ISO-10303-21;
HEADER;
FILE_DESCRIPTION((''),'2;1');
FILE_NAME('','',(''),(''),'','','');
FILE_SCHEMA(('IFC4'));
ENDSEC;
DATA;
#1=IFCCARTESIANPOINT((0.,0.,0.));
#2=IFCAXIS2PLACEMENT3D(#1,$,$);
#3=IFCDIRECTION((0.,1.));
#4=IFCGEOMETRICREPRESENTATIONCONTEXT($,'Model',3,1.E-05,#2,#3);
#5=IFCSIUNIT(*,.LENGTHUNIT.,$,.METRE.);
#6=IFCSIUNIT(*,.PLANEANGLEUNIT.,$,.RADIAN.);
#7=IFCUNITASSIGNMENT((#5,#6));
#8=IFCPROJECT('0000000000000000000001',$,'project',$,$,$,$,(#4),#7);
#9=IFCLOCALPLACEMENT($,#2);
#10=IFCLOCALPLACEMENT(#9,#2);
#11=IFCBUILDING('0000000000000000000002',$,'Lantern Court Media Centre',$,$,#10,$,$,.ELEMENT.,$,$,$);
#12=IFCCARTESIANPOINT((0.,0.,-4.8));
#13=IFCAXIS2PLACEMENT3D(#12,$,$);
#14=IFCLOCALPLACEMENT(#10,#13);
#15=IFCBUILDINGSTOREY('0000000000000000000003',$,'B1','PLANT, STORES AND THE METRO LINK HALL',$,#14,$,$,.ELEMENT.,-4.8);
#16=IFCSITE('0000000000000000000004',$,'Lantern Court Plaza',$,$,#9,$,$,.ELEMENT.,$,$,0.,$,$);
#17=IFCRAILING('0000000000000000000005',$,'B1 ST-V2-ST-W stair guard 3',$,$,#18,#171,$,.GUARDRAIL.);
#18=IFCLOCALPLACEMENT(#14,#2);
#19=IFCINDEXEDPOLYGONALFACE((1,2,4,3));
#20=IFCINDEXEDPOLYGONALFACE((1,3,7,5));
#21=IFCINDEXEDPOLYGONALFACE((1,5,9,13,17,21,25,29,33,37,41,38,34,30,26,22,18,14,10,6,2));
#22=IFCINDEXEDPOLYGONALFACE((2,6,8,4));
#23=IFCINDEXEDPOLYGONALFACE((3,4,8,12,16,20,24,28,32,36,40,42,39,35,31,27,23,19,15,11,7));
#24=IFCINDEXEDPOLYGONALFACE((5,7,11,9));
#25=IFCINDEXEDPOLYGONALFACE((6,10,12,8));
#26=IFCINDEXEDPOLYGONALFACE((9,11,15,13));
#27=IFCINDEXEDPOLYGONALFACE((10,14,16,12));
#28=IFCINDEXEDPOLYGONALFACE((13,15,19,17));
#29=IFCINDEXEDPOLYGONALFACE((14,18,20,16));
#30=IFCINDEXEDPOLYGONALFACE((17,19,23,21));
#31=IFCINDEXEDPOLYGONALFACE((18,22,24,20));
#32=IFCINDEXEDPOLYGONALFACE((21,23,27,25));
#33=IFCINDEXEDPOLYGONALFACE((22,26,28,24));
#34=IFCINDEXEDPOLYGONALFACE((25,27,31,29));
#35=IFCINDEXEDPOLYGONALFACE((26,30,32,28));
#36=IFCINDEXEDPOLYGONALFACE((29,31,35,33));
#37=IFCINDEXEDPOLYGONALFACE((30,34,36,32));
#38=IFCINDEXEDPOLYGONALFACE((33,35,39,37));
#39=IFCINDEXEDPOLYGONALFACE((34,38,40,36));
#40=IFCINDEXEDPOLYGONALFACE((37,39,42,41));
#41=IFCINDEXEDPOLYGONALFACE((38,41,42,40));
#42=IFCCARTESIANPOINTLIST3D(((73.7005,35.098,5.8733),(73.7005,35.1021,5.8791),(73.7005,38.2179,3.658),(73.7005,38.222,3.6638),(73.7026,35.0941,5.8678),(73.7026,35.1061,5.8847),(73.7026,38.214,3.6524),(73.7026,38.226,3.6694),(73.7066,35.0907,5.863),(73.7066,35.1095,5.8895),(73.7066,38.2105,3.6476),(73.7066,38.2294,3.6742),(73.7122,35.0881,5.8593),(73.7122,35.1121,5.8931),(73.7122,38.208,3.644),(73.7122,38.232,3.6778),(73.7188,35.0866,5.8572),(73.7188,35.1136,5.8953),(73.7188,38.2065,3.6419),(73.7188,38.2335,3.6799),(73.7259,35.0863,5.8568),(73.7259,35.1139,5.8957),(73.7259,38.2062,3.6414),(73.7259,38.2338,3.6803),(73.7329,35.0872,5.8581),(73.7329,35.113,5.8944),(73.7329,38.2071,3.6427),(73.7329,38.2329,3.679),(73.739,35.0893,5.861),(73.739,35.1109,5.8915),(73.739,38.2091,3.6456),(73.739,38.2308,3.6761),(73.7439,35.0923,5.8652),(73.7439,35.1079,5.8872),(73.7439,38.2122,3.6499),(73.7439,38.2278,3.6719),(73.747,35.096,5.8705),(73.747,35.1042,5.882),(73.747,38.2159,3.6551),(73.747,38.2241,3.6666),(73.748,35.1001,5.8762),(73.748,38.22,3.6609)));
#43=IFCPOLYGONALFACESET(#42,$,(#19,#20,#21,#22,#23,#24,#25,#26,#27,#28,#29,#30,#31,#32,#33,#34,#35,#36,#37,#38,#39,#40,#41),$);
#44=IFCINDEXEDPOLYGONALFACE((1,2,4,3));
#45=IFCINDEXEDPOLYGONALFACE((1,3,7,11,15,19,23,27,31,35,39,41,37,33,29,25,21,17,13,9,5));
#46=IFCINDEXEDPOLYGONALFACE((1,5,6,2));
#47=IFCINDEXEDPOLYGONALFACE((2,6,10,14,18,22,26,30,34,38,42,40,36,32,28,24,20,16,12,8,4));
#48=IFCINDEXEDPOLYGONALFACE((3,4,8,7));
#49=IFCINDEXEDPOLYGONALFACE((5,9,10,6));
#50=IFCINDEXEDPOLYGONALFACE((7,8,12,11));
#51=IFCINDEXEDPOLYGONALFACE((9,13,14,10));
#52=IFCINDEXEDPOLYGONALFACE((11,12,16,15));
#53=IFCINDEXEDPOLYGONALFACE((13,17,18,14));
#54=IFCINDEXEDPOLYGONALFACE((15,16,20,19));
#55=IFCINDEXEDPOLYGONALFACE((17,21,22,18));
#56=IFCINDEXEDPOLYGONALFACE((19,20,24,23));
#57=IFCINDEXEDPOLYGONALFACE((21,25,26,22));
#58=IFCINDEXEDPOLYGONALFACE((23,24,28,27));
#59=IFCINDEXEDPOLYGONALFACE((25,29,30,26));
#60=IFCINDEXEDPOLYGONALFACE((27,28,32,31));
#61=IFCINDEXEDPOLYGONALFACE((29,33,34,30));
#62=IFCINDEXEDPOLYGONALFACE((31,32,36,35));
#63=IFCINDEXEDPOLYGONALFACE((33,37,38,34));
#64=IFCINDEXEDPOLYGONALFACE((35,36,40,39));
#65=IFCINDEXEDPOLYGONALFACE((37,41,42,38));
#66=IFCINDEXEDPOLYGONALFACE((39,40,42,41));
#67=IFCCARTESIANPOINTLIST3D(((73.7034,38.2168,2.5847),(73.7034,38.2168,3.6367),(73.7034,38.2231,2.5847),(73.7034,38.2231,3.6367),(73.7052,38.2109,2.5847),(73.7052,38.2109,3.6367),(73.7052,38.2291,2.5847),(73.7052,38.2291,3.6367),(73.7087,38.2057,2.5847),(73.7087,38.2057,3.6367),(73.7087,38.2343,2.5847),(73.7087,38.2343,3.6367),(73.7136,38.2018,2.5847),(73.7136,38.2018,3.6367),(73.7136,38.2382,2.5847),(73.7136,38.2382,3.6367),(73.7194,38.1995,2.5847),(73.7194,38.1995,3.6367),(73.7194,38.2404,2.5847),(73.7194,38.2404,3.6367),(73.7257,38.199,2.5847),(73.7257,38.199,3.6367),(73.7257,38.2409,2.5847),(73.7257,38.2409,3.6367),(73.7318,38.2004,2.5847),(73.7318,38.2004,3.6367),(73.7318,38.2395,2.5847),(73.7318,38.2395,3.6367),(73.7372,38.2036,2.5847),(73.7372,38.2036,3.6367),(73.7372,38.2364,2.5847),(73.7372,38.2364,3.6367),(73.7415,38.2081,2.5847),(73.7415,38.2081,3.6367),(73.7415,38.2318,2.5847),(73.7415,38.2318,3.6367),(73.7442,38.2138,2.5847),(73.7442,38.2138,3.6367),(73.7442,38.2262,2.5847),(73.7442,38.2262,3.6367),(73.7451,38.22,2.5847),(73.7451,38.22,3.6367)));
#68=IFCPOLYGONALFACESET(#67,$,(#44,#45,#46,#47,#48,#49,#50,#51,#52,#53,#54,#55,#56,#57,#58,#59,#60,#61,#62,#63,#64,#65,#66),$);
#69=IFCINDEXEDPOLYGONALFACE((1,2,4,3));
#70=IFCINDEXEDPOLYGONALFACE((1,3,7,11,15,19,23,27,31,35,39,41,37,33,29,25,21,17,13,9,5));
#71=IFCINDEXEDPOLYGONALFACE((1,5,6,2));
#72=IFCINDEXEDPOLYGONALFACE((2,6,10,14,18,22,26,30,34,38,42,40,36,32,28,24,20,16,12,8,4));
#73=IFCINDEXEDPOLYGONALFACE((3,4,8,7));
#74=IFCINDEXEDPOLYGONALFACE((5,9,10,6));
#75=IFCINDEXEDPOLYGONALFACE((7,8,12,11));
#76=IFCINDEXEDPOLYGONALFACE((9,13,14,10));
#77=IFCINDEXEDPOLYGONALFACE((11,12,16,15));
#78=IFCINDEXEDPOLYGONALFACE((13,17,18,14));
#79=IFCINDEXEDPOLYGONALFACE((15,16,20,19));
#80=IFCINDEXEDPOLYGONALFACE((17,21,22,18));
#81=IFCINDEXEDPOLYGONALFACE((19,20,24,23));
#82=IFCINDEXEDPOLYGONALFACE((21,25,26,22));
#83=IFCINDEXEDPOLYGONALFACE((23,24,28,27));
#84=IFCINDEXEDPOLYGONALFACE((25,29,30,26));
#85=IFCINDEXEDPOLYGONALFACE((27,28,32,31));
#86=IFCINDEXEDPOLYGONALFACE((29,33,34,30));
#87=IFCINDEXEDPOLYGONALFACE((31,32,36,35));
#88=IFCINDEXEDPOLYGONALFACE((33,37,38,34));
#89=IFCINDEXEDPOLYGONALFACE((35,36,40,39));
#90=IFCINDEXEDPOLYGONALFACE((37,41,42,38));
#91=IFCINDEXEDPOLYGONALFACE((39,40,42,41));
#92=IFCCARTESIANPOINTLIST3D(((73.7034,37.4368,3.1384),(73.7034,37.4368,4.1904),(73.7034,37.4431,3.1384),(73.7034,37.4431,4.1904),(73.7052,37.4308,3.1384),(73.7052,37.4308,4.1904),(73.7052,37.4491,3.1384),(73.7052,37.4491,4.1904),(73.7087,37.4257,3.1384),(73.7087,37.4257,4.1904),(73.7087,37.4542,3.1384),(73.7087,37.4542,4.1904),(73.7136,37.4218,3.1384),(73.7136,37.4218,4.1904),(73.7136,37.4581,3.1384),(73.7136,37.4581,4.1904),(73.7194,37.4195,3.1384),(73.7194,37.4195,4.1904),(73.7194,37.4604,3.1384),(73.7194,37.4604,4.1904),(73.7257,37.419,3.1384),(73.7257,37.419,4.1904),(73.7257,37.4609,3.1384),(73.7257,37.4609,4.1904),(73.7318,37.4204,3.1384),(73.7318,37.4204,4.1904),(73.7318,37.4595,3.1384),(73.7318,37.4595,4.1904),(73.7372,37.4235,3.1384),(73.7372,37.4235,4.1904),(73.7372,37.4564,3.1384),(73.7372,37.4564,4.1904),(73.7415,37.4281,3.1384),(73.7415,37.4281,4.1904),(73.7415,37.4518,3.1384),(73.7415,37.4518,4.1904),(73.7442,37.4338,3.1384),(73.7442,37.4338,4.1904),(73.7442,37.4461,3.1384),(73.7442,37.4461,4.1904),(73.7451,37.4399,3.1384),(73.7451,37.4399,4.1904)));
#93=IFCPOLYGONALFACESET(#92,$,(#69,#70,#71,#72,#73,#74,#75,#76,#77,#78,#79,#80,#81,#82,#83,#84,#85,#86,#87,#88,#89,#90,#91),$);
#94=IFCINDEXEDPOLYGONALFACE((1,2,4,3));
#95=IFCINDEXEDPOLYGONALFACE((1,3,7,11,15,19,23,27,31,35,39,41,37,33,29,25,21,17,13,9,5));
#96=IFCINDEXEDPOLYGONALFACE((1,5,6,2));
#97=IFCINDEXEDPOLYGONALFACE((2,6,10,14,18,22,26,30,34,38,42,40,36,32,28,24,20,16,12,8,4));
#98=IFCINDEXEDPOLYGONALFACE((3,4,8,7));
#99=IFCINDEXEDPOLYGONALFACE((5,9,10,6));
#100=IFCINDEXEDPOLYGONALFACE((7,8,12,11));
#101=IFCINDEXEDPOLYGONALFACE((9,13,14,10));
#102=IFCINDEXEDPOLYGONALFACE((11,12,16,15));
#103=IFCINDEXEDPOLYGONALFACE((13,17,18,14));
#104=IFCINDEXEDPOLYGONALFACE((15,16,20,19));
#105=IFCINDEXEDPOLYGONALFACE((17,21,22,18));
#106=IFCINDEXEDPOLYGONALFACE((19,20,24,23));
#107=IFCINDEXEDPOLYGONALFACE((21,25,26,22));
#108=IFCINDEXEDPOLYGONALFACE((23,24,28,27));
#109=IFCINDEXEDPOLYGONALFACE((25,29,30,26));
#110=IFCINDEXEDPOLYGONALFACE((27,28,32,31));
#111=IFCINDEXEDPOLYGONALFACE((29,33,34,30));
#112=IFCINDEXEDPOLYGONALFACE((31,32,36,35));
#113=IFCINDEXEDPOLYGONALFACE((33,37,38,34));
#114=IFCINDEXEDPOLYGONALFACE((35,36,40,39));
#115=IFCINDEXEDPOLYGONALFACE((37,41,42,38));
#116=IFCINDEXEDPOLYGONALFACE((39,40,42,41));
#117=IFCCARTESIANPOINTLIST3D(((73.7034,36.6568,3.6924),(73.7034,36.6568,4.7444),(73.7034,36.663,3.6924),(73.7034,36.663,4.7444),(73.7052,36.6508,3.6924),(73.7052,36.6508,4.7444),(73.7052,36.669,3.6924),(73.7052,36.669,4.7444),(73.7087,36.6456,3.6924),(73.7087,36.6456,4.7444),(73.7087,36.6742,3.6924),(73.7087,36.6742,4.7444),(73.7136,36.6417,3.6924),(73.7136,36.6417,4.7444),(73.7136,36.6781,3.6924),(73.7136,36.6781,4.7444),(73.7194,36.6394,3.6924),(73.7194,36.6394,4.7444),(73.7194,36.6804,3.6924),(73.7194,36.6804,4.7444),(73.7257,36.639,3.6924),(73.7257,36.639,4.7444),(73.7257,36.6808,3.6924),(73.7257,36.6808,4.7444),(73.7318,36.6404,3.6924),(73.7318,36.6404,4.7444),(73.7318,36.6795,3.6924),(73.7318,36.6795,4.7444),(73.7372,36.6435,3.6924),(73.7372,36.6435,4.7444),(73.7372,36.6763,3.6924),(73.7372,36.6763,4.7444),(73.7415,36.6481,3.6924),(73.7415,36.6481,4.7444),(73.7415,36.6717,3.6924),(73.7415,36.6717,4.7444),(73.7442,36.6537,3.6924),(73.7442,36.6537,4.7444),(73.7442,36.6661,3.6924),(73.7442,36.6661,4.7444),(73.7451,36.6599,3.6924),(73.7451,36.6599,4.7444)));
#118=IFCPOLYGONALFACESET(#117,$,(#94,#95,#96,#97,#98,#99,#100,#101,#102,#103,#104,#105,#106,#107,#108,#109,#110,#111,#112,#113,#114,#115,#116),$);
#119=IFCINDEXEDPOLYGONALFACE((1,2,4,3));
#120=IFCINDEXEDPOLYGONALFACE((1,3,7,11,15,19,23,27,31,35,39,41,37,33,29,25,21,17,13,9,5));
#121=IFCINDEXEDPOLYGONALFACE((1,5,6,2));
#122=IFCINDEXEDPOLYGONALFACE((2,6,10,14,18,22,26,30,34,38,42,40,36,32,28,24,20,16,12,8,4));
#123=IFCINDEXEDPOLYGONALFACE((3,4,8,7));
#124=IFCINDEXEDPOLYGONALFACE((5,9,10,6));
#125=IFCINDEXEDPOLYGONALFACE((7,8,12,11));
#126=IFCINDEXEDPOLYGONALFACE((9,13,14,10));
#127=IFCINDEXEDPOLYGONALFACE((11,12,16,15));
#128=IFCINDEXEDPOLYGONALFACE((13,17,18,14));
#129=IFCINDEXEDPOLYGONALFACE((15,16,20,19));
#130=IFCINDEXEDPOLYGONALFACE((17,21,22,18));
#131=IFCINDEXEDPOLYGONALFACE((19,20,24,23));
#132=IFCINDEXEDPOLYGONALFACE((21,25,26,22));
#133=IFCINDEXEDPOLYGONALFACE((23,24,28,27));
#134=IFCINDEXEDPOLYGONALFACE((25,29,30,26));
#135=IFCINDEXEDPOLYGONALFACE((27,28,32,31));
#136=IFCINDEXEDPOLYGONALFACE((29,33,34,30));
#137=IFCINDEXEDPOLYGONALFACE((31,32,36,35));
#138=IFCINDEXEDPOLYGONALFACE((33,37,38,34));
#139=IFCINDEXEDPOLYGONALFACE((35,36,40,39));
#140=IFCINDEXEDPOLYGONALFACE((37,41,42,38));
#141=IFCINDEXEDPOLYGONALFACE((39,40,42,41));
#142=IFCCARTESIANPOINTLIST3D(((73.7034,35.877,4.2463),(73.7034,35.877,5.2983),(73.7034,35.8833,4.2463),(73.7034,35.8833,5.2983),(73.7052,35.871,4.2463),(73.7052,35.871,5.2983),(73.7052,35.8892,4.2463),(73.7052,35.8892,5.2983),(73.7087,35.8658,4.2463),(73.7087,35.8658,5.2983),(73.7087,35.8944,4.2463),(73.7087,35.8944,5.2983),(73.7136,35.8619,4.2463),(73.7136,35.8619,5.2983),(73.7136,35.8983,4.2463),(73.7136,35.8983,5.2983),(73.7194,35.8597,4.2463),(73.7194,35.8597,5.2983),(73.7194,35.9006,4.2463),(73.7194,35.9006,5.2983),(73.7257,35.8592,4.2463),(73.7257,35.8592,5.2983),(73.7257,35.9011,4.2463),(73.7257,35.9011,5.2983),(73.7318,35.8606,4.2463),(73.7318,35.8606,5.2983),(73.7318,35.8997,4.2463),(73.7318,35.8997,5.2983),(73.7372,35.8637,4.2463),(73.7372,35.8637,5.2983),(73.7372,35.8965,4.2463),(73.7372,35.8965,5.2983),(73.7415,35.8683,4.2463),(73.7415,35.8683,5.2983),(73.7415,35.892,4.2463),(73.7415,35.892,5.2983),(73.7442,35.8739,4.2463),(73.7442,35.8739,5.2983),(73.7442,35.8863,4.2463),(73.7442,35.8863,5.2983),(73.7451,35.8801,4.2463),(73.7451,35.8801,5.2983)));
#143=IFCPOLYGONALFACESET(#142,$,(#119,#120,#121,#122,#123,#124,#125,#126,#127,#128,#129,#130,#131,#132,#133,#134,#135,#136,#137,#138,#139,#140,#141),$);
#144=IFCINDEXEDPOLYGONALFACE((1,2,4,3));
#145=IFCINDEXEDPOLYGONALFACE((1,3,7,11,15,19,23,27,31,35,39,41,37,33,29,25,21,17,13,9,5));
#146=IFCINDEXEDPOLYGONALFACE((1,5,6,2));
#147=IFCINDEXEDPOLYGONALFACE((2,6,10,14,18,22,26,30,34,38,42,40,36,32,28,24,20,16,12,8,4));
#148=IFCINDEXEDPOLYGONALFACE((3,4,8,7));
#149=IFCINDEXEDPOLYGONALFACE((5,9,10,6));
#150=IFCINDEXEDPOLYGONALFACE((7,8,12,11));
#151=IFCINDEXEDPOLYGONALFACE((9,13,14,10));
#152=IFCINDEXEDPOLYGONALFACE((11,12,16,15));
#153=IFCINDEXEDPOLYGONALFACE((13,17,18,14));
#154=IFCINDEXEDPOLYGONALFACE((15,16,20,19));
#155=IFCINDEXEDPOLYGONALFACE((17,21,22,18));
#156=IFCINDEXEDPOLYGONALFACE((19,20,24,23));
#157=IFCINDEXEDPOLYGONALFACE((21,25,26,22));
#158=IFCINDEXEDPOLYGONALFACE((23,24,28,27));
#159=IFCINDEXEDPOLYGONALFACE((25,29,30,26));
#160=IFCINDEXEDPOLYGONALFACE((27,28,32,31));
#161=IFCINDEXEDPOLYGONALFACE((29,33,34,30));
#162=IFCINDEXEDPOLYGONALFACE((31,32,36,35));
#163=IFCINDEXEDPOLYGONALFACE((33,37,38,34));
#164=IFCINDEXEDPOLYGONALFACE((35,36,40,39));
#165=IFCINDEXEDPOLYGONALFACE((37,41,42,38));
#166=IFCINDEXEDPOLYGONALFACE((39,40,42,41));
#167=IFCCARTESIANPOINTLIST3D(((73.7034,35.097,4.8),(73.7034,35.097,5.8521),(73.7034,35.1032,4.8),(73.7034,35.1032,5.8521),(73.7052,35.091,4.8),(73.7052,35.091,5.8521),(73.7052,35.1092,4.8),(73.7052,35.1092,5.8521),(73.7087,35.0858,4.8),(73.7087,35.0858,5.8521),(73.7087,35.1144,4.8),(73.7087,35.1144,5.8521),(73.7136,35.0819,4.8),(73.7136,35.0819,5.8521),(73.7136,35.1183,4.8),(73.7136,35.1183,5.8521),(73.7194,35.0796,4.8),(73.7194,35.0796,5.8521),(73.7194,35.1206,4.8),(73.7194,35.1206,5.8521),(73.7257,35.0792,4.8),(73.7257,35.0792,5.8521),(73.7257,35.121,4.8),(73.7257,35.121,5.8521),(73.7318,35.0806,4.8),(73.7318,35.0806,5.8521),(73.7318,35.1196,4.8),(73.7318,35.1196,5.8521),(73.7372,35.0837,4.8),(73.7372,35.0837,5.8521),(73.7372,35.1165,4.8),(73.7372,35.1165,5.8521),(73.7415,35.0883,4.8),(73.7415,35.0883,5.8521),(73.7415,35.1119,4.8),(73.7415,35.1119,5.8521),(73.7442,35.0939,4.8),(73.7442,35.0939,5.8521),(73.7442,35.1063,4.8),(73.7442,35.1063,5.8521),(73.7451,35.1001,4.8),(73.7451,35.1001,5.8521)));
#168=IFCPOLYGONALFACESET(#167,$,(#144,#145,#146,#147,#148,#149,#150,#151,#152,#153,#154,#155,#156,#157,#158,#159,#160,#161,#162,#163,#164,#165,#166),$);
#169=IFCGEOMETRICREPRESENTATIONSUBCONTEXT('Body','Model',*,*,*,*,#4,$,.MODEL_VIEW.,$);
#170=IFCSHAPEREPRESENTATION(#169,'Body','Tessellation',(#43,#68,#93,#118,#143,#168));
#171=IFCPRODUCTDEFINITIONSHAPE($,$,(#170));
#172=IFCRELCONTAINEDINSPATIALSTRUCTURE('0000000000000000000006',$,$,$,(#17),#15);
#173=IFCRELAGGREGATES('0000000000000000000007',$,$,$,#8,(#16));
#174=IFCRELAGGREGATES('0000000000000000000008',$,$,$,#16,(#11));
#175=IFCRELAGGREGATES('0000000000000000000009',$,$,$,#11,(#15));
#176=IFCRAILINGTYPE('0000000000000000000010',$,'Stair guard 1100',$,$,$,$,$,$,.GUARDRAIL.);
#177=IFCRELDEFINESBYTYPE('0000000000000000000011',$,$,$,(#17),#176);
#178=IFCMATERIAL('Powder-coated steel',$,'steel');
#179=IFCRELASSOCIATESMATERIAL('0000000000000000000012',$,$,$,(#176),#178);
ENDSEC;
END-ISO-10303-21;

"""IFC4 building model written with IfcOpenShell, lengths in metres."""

from ifc_helpers import new_model, si_unit, direction, frame, origin, origin_2d, place, context, subcontext, project, spatial, circle, extrude, material, type_object, element, save


model = new_model("IFC4")

# Units and contexts
model_context = context("Model", 3, precision=1e-05, world=origin(), true_north=direction((0.0, 1.0)))
body_context = subcontext(model_context, "Body", "Model", "MODEL_VIEW")
ifc_project = project(units=[si_unit("LENGTHUNIT", "METRE"), si_unit("PLANEANGLEUNIT", "RADIAN")], contexts=[model_context])

# Site, building, storey
site_placement = place(None, origin())
site = spatial("IfcSite", under=ifc_project, at=site_placement, Name="Lantern Court Plaza", CompositionType="ELEMENT", RefElevation=0.0)
building_placement = place(site_placement, origin())
building = spatial("IfcBuilding", under=site, at=building_placement, Name="Lantern Court Media Centre", CompositionType="ELEMENT")
storey_placement = place(building_placement, frame((0.0, 0.0, -4.8)))
storey = spatial("IfcBuildingStorey", under=building, at=storey_placement, Name="B1", Description="PLANT, STORES AND THE METRO LINK HALL", CompositionType="ELEMENT", Elevation=-4.8)

# Railing
ifc_material_1 = material(Name="Powder-coated steel", Category="steel")
railing_type_1 = type_object("IfcRailingType", Name="Stair guard 1100", PredefinedType="GUARDRAIL", material=ifc_material_1)
railing_1_placement = place(storey_placement, frame((73.7241, 38.22, 2.5847)))
element("IfcRailing", 1, at=railing_1_placement, inside=storey, type_object=railing_type_1, Name="B1 ST-V2-ST-W stair guard 3", PredefinedType="GUARDRAIL", context=body_context, shape_type="SweptSolid", body=[
    extrude(circle(Radius=0.0239, at=origin_2d()), frame((0.0, 0.0, 1.0762), z_axis=(0.0, -0.815356, 0.578961), x_axis=(1.0, 0.0, 0.0)), (0.0, 0.0, 1.0), 3.8264),
    extrude(circle(Radius=0.021, at=origin_2d()), origin(), (0.0, 0.0, 1.0), 1.052),
    extrude(circle(Radius=0.021, at=origin_2d()), frame((0.0, -0.78, 0.5537)), (0.0, 0.0, 1.0), 1.052),
    extrude(circle(Radius=0.021, at=origin_2d()), frame((0.0, -1.5601, 1.1077)), (0.0, 0.0, 1.0), 1.052),
    extrude(circle(Radius=0.021, at=origin_2d()), frame((0.0, -2.3398, 1.6616)), (0.0, 0.0, 1.0), 1.052),
    extrude(circle(Radius=0.021, at=origin_2d()), frame((0.0, -3.1199, 2.2153)), (0.0, 0.0, 1.0), 1.052),
])

save(model, "model.ifc")
